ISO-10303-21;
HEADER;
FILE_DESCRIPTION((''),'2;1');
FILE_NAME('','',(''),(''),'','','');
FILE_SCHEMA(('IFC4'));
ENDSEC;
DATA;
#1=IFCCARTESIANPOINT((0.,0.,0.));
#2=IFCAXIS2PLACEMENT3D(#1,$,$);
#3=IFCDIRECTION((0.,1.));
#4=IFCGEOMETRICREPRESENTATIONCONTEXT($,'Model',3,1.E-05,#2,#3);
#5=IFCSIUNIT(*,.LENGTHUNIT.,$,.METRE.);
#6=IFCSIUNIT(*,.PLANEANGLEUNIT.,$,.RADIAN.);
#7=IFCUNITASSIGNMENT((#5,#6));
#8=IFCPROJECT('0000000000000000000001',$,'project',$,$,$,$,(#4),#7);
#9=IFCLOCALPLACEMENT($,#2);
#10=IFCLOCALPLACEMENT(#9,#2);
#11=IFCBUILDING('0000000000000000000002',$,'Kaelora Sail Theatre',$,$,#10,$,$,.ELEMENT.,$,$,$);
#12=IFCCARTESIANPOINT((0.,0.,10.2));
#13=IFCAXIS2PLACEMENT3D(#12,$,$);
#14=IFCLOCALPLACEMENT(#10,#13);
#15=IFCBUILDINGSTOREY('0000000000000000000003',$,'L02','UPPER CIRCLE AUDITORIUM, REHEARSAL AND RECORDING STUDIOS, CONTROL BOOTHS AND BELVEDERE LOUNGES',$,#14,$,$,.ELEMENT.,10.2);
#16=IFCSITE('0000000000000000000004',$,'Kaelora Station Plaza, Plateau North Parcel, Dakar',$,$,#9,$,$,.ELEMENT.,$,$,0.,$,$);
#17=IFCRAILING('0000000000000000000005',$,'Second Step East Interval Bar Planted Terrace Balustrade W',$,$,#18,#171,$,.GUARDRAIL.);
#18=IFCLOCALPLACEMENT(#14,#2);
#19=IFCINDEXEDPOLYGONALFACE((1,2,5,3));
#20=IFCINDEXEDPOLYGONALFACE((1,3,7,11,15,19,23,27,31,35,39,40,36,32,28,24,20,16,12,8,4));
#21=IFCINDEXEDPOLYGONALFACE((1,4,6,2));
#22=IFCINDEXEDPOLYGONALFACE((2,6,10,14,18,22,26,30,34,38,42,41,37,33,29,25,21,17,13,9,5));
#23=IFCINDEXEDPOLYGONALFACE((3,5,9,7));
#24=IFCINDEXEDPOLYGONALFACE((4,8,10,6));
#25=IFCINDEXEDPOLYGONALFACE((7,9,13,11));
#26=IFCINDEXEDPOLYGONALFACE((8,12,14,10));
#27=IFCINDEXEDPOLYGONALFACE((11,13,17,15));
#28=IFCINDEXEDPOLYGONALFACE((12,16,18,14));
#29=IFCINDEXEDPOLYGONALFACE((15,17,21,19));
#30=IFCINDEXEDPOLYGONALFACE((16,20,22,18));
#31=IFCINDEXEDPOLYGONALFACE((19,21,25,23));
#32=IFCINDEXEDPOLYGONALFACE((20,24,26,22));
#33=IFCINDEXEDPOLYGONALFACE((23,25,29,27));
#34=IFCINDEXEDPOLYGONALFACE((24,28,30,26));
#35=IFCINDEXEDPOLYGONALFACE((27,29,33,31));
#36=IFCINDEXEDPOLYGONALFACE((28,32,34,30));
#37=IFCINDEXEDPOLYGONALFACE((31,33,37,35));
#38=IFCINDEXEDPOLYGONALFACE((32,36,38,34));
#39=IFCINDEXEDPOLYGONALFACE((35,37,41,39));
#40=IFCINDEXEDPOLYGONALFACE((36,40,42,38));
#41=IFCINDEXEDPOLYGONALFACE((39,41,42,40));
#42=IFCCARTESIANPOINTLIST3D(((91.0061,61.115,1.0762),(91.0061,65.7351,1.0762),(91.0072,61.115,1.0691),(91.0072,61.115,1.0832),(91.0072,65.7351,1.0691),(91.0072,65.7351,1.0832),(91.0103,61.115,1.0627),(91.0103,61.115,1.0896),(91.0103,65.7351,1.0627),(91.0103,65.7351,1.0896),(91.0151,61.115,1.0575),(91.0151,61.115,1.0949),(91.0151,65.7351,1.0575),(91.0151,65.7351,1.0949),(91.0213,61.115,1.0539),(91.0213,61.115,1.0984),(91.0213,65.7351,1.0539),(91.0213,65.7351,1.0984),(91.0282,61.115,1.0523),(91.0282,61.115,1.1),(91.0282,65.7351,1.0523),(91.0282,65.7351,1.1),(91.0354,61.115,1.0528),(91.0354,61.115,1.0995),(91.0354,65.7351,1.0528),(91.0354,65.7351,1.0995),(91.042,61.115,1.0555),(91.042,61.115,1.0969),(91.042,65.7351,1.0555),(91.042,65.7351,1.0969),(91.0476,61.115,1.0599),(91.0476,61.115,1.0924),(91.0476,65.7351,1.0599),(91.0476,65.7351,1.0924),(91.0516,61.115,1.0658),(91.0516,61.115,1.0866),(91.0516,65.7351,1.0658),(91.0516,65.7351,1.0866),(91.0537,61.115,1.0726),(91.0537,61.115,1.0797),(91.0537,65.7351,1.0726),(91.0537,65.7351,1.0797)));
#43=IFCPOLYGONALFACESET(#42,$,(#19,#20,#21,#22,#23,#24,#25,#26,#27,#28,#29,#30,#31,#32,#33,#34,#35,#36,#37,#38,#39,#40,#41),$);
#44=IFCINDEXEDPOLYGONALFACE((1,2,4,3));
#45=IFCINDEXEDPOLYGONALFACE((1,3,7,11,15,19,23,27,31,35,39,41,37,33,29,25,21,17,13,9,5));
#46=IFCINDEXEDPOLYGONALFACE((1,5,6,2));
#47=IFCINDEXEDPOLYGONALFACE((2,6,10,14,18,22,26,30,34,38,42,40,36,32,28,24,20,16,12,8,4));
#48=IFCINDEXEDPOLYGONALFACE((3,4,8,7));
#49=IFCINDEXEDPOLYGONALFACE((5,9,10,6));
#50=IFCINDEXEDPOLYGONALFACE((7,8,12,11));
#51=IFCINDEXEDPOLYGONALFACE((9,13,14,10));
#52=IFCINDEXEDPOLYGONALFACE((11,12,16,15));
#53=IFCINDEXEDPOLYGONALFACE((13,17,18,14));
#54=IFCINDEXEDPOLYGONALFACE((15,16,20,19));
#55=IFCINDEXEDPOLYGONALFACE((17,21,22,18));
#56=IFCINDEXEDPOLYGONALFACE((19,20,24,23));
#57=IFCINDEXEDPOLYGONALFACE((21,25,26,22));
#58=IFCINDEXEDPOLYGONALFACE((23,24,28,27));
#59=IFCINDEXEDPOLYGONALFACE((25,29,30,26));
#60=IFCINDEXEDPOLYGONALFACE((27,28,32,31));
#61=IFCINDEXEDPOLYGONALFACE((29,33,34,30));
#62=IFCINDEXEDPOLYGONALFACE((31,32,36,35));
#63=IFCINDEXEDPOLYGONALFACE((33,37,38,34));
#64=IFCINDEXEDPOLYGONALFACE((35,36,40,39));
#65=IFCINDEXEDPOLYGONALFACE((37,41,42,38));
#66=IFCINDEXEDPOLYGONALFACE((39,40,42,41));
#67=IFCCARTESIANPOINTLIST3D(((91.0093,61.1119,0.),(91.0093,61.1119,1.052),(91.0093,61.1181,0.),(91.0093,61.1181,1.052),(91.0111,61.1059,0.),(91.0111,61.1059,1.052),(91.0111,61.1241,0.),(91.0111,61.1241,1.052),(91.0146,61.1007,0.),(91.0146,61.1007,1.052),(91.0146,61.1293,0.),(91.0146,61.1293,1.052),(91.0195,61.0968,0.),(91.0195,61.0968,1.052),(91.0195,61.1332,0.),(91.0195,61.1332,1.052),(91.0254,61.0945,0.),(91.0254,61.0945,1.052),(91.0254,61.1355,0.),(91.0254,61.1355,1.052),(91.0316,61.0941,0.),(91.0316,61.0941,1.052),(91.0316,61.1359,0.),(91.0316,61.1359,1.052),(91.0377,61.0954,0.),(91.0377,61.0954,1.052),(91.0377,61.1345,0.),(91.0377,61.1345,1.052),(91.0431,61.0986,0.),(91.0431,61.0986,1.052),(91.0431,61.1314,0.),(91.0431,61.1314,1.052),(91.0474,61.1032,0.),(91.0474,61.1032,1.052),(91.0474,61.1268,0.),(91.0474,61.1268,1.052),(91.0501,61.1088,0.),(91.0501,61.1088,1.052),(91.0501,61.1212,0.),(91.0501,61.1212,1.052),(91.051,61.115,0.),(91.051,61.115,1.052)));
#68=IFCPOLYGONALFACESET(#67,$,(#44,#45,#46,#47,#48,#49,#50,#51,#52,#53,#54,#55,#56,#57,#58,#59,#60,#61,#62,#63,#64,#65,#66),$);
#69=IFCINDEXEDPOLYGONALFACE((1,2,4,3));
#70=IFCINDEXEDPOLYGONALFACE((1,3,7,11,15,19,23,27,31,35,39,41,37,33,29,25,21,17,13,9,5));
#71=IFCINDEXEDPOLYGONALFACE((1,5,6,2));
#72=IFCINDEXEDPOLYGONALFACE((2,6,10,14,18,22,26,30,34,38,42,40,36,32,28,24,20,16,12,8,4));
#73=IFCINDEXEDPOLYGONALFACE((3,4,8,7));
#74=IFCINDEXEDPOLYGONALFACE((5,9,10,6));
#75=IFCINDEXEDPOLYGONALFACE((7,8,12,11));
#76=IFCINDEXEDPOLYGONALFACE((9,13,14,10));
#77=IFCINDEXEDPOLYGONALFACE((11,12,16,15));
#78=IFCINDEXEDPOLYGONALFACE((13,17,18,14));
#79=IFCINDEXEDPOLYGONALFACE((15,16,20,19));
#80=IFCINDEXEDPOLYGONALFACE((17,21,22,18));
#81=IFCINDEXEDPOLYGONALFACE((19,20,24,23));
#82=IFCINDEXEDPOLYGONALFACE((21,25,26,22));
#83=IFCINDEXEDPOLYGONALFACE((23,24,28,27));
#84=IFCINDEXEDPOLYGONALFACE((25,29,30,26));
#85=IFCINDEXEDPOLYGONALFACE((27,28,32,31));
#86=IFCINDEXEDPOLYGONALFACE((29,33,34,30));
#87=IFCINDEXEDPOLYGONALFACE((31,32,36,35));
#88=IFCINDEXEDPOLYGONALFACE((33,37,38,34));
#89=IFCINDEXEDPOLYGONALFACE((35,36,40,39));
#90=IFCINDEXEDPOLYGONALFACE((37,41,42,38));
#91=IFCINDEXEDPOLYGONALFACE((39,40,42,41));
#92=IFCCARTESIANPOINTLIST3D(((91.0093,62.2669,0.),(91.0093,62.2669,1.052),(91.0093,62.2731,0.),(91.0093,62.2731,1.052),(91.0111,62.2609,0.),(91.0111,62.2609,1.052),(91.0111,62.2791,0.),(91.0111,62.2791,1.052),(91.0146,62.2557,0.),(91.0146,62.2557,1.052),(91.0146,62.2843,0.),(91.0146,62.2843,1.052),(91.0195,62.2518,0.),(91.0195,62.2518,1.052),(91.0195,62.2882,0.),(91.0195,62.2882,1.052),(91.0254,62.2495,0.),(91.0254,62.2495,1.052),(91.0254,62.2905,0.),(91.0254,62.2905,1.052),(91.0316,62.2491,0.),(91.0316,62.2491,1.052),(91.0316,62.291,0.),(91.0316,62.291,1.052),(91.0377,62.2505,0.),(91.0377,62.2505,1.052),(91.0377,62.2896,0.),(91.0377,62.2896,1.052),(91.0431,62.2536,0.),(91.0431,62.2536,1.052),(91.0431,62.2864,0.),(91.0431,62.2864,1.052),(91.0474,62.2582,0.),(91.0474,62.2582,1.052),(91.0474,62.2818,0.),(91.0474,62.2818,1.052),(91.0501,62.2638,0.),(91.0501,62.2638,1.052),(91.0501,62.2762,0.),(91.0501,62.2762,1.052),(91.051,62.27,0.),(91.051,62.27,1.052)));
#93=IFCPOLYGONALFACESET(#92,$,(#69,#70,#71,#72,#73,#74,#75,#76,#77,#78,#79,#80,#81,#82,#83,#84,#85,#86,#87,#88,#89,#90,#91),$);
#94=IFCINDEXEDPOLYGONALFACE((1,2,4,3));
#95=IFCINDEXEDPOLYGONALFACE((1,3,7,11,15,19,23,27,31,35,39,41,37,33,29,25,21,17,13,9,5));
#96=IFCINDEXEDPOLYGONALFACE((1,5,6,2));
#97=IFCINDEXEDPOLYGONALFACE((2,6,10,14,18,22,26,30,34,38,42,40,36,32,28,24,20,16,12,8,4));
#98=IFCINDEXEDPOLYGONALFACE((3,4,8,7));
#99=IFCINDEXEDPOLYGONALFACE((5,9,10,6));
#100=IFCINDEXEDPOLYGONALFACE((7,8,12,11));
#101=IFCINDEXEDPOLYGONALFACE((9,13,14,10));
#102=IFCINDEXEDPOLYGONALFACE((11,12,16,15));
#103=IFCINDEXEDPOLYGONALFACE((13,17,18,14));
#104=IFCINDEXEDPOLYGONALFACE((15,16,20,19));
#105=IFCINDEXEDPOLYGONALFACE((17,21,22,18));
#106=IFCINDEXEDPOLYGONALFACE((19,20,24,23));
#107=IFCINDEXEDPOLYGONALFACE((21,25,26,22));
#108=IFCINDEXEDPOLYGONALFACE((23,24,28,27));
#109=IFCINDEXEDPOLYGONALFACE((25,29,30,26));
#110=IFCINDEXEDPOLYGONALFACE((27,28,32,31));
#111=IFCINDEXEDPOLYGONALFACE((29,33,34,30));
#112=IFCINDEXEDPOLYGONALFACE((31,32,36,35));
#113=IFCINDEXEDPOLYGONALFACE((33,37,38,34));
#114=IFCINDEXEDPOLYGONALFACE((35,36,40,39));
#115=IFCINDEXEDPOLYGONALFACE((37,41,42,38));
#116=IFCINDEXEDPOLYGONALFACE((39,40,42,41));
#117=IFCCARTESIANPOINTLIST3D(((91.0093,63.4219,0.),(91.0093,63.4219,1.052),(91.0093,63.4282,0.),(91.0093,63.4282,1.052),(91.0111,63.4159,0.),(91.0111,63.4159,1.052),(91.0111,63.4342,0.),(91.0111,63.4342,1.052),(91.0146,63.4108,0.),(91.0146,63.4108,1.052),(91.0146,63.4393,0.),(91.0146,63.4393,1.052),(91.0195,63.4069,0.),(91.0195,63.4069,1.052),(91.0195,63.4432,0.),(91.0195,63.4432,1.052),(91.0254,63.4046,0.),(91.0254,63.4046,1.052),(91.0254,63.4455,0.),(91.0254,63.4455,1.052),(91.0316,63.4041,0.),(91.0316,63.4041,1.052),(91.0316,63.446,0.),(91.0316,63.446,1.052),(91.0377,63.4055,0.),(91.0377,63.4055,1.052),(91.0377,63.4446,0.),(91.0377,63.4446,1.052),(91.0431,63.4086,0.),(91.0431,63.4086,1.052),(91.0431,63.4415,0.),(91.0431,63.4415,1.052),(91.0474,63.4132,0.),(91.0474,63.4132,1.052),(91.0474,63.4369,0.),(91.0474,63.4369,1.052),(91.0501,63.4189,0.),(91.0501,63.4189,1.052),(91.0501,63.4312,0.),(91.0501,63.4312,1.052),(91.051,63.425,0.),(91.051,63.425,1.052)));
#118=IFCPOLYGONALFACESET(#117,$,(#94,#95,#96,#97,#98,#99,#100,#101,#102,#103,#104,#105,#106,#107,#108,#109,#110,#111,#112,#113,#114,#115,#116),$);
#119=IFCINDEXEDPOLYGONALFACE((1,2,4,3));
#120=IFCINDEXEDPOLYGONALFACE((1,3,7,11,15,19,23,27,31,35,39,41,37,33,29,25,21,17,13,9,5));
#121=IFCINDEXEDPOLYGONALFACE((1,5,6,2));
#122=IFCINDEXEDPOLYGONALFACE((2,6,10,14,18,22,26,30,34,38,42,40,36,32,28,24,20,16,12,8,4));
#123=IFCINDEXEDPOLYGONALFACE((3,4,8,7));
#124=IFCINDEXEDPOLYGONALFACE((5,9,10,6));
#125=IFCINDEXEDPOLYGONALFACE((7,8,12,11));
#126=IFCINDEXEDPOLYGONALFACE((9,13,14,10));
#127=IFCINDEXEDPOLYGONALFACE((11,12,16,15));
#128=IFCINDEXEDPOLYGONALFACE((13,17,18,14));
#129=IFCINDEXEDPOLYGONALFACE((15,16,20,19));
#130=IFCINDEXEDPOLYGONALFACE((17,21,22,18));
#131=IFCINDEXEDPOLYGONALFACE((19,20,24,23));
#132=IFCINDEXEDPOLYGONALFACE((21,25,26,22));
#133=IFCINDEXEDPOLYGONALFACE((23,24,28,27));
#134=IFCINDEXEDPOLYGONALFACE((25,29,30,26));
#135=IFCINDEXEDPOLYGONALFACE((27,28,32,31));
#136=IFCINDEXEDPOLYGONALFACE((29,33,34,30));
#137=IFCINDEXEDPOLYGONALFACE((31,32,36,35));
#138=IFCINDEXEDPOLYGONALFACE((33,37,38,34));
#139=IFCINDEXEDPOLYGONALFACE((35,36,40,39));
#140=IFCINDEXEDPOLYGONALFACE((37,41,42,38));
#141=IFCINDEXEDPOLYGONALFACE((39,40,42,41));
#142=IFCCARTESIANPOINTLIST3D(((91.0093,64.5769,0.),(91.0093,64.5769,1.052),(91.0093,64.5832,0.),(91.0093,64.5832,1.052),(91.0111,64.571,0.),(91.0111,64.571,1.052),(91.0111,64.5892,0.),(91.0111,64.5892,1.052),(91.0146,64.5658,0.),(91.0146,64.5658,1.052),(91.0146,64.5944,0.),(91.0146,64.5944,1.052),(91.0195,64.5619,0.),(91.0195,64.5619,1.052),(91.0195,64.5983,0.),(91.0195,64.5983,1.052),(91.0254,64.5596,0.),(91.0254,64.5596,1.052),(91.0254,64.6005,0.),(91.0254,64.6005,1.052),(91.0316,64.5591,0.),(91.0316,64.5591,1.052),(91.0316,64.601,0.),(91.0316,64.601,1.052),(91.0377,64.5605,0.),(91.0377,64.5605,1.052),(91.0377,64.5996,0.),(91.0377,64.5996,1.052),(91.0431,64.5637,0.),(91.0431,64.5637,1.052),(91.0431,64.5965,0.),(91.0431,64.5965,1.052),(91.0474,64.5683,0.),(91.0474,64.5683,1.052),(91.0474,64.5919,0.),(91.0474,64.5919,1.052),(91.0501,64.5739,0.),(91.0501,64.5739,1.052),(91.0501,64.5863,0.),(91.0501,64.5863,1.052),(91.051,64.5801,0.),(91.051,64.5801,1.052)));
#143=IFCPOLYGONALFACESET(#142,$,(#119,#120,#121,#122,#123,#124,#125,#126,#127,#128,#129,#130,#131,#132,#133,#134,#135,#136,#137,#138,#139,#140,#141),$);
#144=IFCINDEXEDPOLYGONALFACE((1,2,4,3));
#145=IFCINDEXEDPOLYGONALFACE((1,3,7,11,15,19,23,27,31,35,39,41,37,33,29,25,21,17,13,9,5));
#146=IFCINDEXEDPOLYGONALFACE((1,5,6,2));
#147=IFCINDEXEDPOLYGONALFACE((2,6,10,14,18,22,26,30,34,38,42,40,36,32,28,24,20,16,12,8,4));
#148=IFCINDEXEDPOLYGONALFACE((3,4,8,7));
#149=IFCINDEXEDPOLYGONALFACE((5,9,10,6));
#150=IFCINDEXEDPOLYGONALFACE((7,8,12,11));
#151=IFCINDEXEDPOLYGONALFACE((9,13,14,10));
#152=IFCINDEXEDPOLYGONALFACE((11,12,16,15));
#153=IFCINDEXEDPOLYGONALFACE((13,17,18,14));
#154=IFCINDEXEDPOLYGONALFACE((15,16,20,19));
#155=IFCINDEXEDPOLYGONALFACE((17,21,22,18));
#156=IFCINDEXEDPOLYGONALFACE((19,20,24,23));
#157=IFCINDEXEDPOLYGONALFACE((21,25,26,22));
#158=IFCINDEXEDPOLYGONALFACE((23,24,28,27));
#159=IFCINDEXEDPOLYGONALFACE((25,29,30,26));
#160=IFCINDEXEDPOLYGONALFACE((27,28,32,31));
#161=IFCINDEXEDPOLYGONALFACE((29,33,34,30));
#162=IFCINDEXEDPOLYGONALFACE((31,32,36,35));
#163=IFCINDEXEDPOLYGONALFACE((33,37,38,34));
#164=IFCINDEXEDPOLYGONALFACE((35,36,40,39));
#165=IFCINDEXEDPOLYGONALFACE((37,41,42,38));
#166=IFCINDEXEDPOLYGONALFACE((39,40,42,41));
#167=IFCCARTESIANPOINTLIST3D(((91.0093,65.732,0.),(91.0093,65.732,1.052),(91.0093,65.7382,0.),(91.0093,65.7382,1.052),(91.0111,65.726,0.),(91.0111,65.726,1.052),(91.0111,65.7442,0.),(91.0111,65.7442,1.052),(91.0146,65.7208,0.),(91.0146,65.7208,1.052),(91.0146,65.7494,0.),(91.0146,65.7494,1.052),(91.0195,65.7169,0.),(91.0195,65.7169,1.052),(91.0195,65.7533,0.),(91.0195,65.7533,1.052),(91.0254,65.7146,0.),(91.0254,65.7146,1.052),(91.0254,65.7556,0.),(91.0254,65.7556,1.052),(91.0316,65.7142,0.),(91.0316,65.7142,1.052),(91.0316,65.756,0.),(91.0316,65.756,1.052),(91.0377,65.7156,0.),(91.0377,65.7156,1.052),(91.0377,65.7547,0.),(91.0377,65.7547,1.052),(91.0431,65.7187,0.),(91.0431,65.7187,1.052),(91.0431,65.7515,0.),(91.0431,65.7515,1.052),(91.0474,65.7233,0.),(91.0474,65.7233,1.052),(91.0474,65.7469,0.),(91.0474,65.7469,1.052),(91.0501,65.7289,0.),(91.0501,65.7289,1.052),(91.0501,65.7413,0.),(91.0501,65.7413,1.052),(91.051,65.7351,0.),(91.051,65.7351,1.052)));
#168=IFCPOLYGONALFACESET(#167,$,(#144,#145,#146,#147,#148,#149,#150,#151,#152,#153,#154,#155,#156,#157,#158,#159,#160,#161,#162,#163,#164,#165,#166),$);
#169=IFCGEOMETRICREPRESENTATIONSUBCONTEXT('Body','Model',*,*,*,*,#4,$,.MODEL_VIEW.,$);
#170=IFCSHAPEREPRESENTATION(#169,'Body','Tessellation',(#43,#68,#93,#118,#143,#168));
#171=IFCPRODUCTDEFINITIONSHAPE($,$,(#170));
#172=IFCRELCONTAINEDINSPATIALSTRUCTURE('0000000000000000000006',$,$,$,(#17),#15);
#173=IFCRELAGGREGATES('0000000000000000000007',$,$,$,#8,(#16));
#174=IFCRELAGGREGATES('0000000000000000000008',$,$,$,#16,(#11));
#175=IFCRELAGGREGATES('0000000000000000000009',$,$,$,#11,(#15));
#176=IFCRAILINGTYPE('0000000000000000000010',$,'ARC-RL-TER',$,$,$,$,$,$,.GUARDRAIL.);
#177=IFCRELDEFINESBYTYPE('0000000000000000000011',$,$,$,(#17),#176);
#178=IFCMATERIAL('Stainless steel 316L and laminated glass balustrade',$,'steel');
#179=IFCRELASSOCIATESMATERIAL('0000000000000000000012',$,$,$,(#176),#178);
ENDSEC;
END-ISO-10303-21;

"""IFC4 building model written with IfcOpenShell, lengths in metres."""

from ifc_helpers import new_model, si_unit, direction, frame, origin, origin_2d, place, context, subcontext, project, spatial, circle, extrude, material, type_object, element, save


model = new_model("IFC4")

# Units and contexts
model_context = context("Model", 3, precision=1e-05, world=origin(), true_north=direction((0.0, 1.0)))
body_context = subcontext(model_context, "Body", "Model", "MODEL_VIEW")
ifc_project = project(units=[si_unit("LENGTHUNIT", "METRE"), si_unit("PLANEANGLEUNIT", "RADIAN")], contexts=[model_context])

# Site, building, storey
site_placement = place(None, origin())
site = spatial("IfcSite", under=ifc_project, at=site_placement, Name="Kaelora Station Plaza, Plateau North Parcel, Dakar", CompositionType="ELEMENT", RefElevation=0.0)
building_placement = place(site_placement, origin())
building = spatial("IfcBuilding", under=site, at=building_placement, Name="Kaelora Sail Theatre", CompositionType="ELEMENT")
storey_placement = place(building_placement, frame((0.0, 0.0, 10.2)))
storey = spatial("IfcBuildingStorey", under=building, at=storey_placement, Name="L02", Description="UPPER CIRCLE AUDITORIUM, REHEARSAL AND RECORDING STUDIOS, CONTROL BOOTHS AND BELVEDERE LOUNGES", CompositionType="ELEMENT", Elevation=10.2)

# Railing
ifc_material_1 = material(Name="Stainless steel 316L and laminated glass balustrade", Category="steel")
railing_type = type_object("IfcRailingType", Name="ARC-RL-TER", PredefinedType="GUARDRAIL", material=ifc_material_1)
railing_1_placement = place(storey_placement, frame((91.03, 61.115, 0.0)))
element("IfcRailing", 1, at=railing_1_placement, inside=storey, type_object=railing_type, Name="Second Step East Interval Bar Planted Terrace Balustrade W", PredefinedType="GUARDRAIL", context=body_context, shape_type="SweptSolid", body=[
    extrude(circle(Radius=0.0239, at=origin_2d()), frame((0.0, 0.0, 1.0762), z_axis=(0.0, 1.0, 0.0), x_axis=(-1.0, 0.0, 0.0)), (0.0, 0.0, 1.0), 4.6201),
    extrude(circle(Radius=0.021, at=origin_2d()), origin(), (0.0, 0.0, 1.0), 1.052),
    extrude(circle(Radius=0.021, at=origin_2d()), frame((0.0, 1.155, 0.0)), (0.0, 0.0, 1.0), 1.052),
    extrude(circle(Radius=0.021, at=origin_2d()), frame((0.0, 2.3101, 0.0)), (0.0, 0.0, 1.0), 1.052),
    extrude(circle(Radius=0.021, at=origin_2d()), frame((0.0, 3.4651, 0.0)), (0.0, 0.0, 1.0), 1.052),
    extrude(circle(Radius=0.021, at=origin_2d()), frame((0.0, 4.6201, 0.0)), (0.0, 0.0, 1.0), 1.052),
])

save(model, "model.ifc")
